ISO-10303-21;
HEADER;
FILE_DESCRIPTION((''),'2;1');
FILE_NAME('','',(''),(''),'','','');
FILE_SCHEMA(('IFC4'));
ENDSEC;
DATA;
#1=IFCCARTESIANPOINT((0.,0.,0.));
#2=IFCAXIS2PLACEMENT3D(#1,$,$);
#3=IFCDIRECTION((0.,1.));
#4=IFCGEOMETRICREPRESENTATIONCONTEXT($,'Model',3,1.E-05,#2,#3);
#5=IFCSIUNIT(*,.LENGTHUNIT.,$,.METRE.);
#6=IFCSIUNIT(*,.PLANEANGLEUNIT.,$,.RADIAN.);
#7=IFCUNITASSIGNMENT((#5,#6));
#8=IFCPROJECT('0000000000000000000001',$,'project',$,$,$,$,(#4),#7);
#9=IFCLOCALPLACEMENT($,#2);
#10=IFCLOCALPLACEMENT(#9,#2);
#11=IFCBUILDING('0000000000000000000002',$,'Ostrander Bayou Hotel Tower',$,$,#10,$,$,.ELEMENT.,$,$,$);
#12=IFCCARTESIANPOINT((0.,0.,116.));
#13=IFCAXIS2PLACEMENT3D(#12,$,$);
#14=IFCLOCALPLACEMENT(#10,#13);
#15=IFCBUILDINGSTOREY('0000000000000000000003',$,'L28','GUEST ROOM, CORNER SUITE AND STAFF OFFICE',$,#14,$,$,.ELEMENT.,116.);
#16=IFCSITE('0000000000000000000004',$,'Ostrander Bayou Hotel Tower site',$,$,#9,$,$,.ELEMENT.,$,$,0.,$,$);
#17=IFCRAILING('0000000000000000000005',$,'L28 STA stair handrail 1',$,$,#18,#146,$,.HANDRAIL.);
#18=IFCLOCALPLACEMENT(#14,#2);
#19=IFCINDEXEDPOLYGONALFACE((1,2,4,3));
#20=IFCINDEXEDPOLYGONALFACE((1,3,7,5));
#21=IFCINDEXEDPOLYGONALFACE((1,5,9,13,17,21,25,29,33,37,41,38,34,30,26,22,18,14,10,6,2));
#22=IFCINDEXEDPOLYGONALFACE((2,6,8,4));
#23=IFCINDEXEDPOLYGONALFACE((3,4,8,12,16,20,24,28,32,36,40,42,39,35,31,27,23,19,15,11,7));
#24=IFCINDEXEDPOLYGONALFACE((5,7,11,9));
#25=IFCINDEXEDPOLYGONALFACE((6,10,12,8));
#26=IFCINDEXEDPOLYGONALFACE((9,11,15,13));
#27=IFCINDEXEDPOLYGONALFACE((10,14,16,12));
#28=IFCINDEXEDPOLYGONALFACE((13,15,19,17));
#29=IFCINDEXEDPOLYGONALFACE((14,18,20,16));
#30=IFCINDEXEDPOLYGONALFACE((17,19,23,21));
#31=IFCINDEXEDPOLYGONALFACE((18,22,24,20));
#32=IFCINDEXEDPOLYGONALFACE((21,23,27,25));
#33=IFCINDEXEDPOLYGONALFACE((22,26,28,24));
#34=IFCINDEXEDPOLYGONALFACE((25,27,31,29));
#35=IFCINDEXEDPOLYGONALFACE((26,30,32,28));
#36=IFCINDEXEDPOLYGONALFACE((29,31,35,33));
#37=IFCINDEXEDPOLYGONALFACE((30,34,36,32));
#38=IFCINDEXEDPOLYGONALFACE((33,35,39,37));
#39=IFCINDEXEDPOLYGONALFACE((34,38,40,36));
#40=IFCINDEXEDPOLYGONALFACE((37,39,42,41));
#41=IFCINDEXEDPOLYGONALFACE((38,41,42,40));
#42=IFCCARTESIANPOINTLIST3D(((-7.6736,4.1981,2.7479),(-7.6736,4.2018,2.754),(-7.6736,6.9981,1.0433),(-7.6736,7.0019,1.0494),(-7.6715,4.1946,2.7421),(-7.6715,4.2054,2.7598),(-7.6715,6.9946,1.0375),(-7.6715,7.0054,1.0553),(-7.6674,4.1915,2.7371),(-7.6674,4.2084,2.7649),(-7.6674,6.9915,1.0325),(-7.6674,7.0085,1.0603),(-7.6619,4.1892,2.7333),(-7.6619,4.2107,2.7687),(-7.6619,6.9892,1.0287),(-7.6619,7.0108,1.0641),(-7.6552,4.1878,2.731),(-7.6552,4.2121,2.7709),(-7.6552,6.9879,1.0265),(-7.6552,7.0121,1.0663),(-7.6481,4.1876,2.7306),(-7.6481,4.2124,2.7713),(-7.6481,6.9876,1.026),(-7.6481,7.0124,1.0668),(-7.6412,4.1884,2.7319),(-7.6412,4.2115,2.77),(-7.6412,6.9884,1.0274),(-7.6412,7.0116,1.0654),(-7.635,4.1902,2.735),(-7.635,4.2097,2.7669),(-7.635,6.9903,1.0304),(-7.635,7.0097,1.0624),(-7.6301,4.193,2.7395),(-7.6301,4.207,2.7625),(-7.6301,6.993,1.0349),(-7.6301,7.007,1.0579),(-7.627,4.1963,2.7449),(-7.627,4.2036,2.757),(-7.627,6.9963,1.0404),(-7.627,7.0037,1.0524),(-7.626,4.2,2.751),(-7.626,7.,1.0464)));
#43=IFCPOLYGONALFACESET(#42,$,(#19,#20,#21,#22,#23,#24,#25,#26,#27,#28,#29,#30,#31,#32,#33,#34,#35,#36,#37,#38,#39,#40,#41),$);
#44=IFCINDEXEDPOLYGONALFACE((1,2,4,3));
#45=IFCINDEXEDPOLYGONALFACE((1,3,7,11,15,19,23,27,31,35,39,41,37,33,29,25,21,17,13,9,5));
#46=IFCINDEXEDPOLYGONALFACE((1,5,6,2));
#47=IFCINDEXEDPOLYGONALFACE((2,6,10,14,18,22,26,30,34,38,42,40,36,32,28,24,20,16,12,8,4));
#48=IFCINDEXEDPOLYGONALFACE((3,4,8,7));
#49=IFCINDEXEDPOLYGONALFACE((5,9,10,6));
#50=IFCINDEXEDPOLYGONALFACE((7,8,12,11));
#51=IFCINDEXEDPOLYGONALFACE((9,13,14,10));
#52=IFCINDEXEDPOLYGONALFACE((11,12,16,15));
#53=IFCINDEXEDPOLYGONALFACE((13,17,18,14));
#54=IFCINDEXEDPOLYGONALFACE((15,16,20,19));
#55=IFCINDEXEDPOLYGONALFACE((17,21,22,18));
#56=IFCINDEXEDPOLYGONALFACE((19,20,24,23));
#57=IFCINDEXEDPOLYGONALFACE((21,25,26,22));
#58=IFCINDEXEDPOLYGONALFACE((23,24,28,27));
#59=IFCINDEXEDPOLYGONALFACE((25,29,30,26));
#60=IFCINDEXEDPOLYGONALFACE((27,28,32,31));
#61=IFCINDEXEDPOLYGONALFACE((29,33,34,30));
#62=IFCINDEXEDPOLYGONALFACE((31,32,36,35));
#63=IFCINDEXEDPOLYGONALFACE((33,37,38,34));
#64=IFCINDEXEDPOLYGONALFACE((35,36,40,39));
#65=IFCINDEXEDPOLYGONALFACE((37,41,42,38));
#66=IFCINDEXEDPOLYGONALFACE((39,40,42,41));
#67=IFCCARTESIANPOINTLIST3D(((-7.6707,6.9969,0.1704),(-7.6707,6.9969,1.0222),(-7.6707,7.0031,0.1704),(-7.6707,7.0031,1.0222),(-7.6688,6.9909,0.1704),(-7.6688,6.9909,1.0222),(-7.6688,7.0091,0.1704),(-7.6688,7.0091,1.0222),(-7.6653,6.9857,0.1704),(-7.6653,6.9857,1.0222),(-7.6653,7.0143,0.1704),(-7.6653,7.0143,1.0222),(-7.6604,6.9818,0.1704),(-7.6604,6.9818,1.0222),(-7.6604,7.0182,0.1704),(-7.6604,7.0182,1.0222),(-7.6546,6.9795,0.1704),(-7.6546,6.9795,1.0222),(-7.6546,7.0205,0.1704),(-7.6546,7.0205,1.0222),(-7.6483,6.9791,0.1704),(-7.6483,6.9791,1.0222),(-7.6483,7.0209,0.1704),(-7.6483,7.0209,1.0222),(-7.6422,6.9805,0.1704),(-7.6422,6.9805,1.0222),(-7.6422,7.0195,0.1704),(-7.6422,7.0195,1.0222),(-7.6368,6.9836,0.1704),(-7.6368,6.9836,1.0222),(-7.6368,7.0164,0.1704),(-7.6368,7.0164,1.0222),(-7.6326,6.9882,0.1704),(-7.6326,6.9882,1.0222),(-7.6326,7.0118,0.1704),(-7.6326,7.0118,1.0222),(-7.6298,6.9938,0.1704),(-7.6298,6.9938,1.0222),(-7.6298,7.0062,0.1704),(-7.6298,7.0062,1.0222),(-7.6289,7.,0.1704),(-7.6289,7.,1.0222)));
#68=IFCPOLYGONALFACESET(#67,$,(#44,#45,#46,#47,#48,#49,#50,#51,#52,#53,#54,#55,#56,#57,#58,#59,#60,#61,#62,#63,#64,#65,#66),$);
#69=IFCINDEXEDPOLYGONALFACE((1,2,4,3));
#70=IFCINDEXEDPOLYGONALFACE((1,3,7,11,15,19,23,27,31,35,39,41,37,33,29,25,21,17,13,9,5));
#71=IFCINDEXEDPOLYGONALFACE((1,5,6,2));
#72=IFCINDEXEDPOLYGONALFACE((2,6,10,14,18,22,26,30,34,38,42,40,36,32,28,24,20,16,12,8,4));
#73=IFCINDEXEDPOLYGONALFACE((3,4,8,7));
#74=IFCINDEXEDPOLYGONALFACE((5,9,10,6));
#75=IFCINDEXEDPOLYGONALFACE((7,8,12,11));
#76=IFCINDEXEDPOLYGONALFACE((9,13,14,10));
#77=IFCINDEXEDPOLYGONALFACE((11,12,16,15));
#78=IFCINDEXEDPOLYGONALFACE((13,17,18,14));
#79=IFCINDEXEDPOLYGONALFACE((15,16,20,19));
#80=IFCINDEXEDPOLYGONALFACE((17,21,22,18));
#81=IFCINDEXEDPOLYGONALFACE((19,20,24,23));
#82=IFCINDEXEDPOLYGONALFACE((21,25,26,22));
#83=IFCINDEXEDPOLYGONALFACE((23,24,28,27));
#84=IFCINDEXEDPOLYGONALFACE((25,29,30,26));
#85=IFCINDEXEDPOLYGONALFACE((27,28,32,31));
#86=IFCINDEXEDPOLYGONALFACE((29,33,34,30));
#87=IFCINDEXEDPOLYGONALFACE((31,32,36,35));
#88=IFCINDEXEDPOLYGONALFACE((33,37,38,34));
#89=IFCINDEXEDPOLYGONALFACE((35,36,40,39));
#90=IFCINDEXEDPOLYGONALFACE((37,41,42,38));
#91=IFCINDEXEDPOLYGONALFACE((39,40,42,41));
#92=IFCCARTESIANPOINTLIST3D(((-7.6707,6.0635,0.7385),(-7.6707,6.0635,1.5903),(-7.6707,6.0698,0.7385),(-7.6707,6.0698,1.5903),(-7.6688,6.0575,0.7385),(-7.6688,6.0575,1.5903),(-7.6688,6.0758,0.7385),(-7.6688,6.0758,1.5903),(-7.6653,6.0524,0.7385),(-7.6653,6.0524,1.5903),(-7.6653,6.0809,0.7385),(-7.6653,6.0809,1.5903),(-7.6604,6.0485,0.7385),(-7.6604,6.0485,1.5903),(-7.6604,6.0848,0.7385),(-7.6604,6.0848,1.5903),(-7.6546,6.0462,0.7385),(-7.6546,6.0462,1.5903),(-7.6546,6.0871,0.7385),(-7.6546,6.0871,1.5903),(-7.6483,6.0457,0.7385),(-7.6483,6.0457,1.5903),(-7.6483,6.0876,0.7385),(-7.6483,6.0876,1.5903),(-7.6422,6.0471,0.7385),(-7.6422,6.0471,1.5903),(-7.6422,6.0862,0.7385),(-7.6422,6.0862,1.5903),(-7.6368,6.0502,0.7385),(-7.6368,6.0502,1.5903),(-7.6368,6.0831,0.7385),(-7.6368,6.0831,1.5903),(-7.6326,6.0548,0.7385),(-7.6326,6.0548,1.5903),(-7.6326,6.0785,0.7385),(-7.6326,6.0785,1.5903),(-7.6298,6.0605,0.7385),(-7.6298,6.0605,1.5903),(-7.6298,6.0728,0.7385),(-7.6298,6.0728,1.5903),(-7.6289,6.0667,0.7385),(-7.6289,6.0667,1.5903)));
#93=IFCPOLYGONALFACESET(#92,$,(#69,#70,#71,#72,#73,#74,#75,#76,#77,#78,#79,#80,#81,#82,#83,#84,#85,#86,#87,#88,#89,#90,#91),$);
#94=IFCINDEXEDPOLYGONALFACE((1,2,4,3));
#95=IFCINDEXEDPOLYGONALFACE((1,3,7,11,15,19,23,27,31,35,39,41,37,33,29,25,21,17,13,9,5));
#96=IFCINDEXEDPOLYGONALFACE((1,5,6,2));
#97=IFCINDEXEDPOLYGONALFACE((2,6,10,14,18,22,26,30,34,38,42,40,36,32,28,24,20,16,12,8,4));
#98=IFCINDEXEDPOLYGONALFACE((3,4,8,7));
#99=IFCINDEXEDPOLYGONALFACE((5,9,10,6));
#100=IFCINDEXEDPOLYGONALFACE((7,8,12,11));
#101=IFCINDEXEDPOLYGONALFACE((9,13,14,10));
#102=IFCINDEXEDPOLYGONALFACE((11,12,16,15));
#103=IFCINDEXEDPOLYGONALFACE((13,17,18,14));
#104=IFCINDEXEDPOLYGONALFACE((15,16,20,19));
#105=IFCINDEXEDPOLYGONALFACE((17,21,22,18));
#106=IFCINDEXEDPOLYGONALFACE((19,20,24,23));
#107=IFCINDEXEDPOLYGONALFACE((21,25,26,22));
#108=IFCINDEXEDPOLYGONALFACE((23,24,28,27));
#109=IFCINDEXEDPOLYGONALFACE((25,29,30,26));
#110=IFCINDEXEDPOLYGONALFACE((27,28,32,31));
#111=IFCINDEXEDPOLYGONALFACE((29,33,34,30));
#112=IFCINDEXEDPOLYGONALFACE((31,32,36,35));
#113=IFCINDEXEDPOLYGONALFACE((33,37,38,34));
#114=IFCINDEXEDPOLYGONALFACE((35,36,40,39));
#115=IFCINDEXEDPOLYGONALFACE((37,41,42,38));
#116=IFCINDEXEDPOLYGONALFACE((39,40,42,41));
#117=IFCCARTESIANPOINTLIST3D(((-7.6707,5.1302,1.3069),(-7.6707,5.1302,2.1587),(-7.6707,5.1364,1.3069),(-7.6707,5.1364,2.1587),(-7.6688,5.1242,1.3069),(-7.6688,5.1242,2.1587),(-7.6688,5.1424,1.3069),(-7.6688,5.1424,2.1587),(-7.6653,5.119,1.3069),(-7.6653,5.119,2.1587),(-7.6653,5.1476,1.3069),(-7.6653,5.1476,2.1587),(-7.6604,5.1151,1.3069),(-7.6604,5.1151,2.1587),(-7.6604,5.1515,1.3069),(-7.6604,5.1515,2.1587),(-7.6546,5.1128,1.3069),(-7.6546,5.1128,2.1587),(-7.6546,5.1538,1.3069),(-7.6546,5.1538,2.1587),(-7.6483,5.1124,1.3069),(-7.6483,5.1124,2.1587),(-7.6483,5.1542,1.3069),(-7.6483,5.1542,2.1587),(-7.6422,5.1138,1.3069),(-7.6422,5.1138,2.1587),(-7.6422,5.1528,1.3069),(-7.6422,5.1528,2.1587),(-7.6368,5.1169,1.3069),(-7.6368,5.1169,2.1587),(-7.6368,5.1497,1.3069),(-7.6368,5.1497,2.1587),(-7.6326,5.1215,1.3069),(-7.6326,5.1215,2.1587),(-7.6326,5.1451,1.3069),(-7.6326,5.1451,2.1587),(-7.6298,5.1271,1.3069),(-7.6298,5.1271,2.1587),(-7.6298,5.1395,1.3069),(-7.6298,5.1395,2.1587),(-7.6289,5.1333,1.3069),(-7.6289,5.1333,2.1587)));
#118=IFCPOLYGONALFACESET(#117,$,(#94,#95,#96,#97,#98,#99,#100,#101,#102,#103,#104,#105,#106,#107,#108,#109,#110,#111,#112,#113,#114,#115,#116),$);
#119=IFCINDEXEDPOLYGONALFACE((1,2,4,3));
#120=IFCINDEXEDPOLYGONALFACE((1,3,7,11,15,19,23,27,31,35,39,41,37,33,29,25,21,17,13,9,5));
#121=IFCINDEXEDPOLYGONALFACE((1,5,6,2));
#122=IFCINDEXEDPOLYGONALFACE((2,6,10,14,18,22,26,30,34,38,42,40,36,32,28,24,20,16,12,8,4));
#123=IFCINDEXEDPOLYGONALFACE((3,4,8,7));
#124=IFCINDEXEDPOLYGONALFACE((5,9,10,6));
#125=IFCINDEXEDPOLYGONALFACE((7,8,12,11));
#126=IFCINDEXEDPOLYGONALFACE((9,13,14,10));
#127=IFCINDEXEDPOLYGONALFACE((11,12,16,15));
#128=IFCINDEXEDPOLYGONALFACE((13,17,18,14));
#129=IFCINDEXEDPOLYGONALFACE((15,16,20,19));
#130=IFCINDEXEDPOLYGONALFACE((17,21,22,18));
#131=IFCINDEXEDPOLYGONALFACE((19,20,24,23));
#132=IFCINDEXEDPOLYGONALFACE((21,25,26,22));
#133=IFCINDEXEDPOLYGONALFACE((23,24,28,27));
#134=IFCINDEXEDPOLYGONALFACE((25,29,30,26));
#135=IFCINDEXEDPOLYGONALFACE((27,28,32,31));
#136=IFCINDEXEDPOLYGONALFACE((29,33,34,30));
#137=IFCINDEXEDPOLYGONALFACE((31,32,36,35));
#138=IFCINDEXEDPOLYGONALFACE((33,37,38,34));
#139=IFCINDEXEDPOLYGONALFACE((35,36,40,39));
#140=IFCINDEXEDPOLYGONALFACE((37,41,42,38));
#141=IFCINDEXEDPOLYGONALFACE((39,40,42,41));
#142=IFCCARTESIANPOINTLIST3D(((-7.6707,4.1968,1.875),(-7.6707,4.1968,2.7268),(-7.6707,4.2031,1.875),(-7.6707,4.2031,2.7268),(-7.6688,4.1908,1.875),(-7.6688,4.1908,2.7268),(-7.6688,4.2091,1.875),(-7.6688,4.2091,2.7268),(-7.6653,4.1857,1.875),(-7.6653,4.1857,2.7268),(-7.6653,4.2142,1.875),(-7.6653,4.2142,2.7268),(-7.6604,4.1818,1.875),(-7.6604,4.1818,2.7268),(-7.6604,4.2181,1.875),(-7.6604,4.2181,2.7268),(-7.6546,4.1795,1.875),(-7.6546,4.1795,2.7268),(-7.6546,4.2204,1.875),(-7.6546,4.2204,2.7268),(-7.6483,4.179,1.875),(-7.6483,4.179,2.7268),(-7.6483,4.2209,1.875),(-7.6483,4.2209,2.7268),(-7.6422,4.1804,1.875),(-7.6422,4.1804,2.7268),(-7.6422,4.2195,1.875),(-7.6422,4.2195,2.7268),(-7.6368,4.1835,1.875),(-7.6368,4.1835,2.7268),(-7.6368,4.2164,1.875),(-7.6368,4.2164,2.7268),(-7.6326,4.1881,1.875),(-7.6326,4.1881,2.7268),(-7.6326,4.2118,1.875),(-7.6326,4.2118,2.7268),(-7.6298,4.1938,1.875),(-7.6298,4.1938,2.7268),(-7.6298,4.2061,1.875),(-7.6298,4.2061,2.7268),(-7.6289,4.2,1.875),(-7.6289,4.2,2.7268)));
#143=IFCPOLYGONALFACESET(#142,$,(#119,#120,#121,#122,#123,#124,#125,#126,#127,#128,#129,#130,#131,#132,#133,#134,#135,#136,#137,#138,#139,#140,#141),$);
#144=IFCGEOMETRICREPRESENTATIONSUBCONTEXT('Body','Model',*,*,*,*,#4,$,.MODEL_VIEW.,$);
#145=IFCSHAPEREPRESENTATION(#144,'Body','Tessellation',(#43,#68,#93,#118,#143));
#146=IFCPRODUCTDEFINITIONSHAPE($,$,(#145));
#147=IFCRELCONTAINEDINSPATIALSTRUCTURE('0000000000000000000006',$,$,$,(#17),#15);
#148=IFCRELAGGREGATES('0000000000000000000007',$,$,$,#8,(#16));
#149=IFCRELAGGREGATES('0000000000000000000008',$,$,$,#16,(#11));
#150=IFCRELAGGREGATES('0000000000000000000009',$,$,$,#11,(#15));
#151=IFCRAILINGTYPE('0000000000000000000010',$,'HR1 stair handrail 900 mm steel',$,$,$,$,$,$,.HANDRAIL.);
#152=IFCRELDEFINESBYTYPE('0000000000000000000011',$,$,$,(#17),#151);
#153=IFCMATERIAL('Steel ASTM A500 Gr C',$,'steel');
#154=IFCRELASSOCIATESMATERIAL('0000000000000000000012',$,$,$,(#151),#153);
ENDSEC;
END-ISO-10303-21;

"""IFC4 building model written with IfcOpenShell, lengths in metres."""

from ifc_helpers import new_model, si_unit, direction, frame, origin, origin_2d, place, context, subcontext, project, spatial, circle, extrude, material, type_object, element, save


model = new_model("IFC4")

# Units and contexts
model_context = context("Model", 3, precision=1e-05, world=origin(), true_north=direction((0.0, 1.0)))
body_context = subcontext(model_context, "Body", "Model", "MODEL_VIEW")
ifc_project = project(units=[si_unit("LENGTHUNIT", "METRE"), si_unit("PLANEANGLEUNIT", "RADIAN")], contexts=[model_context])

# Site, building, storey
site_placement = place(None, origin())
site = spatial("IfcSite", under=ifc_project, at=site_placement, Name="Ostrander Bayou Hotel Tower site", CompositionType="ELEMENT", RefElevation=0.0)
building_placement = place(site_placement, origin())
building = spatial("IfcBuilding", under=site, at=building_placement, Name="Ostrander Bayou Hotel Tower", CompositionType="ELEMENT")
storey_placement = place(building_placement, frame((0.0, 0.0, 116.0)))
storey = spatial("IfcBuildingStorey", under=building, at=storey_placement, Name="L28", Description="GUEST ROOM, CORNER SUITE AND STAFF OFFICE", CompositionType="ELEMENT", Elevation=116.0)

# Railing
ifc_material_1 = material(Name="Steel ASTM A500 Gr C", Category="steel")
railing_type_1 = type_object("IfcRailingType", Name="HR1 stair handrail 900 mm steel", PredefinedType="HANDRAIL", material=ifc_material_1)
railing_1_placement = place(storey_placement, frame((-7.6499, 7.0, 0.1704)))
element("IfcRailing", 1, at=railing_1_placement, inside=storey, type_object=railing_type_1, Name="L28 STA stair handrail 1", PredefinedType="HANDRAIL", context=body_context, shape_type="SweptSolid", body=[
    extrude(circle(Radius=0.0239, at=origin_2d()), frame((0.0, 0.0, 0.876), z_axis=(0.0, -0.85417, 0.519994), x_axis=(1.0, 0.0, 0.0)), (0.0, 0.0, 1.0), 3.2781),
    extrude(circle(Radius=0.021, at=origin_2d()), origin(), (0.0, 0.0, 1.0), 0.8518),
    extrude(circle(Radius=0.021, at=origin_2d()), frame((0.0, -0.9333, 0.5681)), (0.0, 0.0, 1.0), 0.8518),
    extrude(circle(Radius=0.021, at=origin_2d()), frame((0.0, -1.8667, 1.1365)), (0.0, 0.0, 1.0), 0.8518),
    extrude(circle(Radius=0.021, at=origin_2d()), frame((0.0, -2.8, 1.7046)), (0.0, 0.0, 1.0), 0.8518),
])

save(model, "model.ifc")
